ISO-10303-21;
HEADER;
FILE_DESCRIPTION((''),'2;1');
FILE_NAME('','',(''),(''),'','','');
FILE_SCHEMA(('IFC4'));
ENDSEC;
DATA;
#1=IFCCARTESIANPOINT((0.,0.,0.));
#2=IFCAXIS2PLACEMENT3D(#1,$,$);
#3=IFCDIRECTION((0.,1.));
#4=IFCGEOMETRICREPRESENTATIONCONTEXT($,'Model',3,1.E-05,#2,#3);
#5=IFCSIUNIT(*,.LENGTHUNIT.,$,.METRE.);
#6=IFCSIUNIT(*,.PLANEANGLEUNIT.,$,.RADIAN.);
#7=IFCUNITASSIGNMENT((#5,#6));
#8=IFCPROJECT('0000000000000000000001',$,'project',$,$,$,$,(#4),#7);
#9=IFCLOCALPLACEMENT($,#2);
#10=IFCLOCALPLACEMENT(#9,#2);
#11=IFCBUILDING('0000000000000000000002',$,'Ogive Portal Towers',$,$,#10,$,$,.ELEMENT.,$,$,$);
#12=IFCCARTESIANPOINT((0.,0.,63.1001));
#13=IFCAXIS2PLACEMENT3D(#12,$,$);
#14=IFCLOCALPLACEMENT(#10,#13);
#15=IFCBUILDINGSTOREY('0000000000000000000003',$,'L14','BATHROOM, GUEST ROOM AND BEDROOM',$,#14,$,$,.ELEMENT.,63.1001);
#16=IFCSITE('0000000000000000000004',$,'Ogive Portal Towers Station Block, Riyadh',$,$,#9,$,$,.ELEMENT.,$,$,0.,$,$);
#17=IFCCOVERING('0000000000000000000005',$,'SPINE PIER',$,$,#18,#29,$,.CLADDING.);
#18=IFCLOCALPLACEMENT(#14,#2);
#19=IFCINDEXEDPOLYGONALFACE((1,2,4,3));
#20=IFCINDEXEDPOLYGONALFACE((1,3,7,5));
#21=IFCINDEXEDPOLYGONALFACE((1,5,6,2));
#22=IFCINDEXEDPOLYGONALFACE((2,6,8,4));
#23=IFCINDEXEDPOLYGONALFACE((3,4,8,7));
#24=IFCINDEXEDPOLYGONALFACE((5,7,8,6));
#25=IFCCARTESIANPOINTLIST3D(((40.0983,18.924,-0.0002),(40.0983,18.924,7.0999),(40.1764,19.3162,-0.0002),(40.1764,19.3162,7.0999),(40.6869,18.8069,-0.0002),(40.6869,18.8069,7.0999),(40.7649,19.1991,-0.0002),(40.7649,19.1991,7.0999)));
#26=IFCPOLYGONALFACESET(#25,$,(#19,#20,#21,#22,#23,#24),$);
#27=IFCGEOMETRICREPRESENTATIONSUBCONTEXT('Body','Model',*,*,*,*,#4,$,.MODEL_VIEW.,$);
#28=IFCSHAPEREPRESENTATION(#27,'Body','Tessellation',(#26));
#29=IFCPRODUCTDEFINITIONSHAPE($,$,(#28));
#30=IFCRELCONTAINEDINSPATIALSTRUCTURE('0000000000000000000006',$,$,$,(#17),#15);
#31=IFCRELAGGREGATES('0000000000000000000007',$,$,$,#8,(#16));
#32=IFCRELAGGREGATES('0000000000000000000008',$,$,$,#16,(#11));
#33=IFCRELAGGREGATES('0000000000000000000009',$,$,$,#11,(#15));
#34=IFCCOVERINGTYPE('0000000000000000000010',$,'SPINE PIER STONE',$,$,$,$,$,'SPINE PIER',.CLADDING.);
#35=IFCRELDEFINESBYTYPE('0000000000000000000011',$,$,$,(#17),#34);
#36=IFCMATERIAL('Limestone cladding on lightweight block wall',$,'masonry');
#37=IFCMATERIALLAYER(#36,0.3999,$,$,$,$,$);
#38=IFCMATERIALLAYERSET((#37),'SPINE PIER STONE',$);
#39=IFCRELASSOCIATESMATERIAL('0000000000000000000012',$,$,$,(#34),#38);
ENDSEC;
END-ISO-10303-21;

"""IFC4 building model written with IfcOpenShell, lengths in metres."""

from ifc_helpers import new_model, si_unit, direction, frame, origin, origin_2d, place, context, subcontext, project, spatial, rectangle, extrude, material, layer, layer_set, type_object, element, save


model = new_model("IFC4")

# Units and contexts
model_context = context("Model", 3, precision=1e-05, world=origin(), true_north=direction((0.0, 1.0)))
body_context = subcontext(model_context, "Body", "Model", "MODEL_VIEW")
ifc_project = project(units=[si_unit("LENGTHUNIT", "METRE"), si_unit("PLANEANGLEUNIT", "RADIAN")], contexts=[model_context])

# Site, building, storey
site_placement = place(None, origin())
site = spatial("IfcSite", under=ifc_project, at=site_placement, Name="Ogive Portal Towers Station Block, Riyadh", CompositionType="ELEMENT", RefElevation=0.0)
building_placement = place(site_placement, origin())
building = spatial("IfcBuilding", under=site, at=building_placement, Name="Ogive Portal Towers", CompositionType="ELEMENT")
storey_placement = place(building_placement, frame((0.0, 0.0, 63.1001)))
storey = spatial("IfcBuildingStorey", under=building, at=storey_placement, Name="L14", Description="BATHROOM, GUEST ROOM AND BEDROOM", CompositionType="ELEMENT", Elevation=63.1001)

# Shared definitions
ifc_material_1 = material(Name="Limestone cladding on lightweight block wall", Category="masonry")

# Covering
ifc_layer_1 = layer(ifc_material_1, 0.3999)
ifc_layer_set_1 = layer_set([ifc_layer_1], Name="SPINE PIER STONE")
covering_type = type_object("IfcCoveringType", Name="SPINE PIER STONE", ElementType="SPINE PIER", PredefinedType="CLADDING", material=ifc_layer_set_1)
covering_placement = place(storey_placement, frame((40.4316, 19.0615, -0.0002), z_axis=(0.0, 0.0, 1.0), x_axis=(0.980785, -0.19509, 0.0)))
element("IfcCovering", 1, at=covering_placement, inside=storey, type_object=covering_type, Name="SPINE PIER", PredefinedType="CLADDING", context=body_context, shape_type="SweptSolid", body=[
    extrude(rectangle(XDim=0.6001, YDim=0.3999, at=origin_2d()), origin(), (0.0, 0.0, 1.0), 7.1001),
])

save(model, "model.ifc")
